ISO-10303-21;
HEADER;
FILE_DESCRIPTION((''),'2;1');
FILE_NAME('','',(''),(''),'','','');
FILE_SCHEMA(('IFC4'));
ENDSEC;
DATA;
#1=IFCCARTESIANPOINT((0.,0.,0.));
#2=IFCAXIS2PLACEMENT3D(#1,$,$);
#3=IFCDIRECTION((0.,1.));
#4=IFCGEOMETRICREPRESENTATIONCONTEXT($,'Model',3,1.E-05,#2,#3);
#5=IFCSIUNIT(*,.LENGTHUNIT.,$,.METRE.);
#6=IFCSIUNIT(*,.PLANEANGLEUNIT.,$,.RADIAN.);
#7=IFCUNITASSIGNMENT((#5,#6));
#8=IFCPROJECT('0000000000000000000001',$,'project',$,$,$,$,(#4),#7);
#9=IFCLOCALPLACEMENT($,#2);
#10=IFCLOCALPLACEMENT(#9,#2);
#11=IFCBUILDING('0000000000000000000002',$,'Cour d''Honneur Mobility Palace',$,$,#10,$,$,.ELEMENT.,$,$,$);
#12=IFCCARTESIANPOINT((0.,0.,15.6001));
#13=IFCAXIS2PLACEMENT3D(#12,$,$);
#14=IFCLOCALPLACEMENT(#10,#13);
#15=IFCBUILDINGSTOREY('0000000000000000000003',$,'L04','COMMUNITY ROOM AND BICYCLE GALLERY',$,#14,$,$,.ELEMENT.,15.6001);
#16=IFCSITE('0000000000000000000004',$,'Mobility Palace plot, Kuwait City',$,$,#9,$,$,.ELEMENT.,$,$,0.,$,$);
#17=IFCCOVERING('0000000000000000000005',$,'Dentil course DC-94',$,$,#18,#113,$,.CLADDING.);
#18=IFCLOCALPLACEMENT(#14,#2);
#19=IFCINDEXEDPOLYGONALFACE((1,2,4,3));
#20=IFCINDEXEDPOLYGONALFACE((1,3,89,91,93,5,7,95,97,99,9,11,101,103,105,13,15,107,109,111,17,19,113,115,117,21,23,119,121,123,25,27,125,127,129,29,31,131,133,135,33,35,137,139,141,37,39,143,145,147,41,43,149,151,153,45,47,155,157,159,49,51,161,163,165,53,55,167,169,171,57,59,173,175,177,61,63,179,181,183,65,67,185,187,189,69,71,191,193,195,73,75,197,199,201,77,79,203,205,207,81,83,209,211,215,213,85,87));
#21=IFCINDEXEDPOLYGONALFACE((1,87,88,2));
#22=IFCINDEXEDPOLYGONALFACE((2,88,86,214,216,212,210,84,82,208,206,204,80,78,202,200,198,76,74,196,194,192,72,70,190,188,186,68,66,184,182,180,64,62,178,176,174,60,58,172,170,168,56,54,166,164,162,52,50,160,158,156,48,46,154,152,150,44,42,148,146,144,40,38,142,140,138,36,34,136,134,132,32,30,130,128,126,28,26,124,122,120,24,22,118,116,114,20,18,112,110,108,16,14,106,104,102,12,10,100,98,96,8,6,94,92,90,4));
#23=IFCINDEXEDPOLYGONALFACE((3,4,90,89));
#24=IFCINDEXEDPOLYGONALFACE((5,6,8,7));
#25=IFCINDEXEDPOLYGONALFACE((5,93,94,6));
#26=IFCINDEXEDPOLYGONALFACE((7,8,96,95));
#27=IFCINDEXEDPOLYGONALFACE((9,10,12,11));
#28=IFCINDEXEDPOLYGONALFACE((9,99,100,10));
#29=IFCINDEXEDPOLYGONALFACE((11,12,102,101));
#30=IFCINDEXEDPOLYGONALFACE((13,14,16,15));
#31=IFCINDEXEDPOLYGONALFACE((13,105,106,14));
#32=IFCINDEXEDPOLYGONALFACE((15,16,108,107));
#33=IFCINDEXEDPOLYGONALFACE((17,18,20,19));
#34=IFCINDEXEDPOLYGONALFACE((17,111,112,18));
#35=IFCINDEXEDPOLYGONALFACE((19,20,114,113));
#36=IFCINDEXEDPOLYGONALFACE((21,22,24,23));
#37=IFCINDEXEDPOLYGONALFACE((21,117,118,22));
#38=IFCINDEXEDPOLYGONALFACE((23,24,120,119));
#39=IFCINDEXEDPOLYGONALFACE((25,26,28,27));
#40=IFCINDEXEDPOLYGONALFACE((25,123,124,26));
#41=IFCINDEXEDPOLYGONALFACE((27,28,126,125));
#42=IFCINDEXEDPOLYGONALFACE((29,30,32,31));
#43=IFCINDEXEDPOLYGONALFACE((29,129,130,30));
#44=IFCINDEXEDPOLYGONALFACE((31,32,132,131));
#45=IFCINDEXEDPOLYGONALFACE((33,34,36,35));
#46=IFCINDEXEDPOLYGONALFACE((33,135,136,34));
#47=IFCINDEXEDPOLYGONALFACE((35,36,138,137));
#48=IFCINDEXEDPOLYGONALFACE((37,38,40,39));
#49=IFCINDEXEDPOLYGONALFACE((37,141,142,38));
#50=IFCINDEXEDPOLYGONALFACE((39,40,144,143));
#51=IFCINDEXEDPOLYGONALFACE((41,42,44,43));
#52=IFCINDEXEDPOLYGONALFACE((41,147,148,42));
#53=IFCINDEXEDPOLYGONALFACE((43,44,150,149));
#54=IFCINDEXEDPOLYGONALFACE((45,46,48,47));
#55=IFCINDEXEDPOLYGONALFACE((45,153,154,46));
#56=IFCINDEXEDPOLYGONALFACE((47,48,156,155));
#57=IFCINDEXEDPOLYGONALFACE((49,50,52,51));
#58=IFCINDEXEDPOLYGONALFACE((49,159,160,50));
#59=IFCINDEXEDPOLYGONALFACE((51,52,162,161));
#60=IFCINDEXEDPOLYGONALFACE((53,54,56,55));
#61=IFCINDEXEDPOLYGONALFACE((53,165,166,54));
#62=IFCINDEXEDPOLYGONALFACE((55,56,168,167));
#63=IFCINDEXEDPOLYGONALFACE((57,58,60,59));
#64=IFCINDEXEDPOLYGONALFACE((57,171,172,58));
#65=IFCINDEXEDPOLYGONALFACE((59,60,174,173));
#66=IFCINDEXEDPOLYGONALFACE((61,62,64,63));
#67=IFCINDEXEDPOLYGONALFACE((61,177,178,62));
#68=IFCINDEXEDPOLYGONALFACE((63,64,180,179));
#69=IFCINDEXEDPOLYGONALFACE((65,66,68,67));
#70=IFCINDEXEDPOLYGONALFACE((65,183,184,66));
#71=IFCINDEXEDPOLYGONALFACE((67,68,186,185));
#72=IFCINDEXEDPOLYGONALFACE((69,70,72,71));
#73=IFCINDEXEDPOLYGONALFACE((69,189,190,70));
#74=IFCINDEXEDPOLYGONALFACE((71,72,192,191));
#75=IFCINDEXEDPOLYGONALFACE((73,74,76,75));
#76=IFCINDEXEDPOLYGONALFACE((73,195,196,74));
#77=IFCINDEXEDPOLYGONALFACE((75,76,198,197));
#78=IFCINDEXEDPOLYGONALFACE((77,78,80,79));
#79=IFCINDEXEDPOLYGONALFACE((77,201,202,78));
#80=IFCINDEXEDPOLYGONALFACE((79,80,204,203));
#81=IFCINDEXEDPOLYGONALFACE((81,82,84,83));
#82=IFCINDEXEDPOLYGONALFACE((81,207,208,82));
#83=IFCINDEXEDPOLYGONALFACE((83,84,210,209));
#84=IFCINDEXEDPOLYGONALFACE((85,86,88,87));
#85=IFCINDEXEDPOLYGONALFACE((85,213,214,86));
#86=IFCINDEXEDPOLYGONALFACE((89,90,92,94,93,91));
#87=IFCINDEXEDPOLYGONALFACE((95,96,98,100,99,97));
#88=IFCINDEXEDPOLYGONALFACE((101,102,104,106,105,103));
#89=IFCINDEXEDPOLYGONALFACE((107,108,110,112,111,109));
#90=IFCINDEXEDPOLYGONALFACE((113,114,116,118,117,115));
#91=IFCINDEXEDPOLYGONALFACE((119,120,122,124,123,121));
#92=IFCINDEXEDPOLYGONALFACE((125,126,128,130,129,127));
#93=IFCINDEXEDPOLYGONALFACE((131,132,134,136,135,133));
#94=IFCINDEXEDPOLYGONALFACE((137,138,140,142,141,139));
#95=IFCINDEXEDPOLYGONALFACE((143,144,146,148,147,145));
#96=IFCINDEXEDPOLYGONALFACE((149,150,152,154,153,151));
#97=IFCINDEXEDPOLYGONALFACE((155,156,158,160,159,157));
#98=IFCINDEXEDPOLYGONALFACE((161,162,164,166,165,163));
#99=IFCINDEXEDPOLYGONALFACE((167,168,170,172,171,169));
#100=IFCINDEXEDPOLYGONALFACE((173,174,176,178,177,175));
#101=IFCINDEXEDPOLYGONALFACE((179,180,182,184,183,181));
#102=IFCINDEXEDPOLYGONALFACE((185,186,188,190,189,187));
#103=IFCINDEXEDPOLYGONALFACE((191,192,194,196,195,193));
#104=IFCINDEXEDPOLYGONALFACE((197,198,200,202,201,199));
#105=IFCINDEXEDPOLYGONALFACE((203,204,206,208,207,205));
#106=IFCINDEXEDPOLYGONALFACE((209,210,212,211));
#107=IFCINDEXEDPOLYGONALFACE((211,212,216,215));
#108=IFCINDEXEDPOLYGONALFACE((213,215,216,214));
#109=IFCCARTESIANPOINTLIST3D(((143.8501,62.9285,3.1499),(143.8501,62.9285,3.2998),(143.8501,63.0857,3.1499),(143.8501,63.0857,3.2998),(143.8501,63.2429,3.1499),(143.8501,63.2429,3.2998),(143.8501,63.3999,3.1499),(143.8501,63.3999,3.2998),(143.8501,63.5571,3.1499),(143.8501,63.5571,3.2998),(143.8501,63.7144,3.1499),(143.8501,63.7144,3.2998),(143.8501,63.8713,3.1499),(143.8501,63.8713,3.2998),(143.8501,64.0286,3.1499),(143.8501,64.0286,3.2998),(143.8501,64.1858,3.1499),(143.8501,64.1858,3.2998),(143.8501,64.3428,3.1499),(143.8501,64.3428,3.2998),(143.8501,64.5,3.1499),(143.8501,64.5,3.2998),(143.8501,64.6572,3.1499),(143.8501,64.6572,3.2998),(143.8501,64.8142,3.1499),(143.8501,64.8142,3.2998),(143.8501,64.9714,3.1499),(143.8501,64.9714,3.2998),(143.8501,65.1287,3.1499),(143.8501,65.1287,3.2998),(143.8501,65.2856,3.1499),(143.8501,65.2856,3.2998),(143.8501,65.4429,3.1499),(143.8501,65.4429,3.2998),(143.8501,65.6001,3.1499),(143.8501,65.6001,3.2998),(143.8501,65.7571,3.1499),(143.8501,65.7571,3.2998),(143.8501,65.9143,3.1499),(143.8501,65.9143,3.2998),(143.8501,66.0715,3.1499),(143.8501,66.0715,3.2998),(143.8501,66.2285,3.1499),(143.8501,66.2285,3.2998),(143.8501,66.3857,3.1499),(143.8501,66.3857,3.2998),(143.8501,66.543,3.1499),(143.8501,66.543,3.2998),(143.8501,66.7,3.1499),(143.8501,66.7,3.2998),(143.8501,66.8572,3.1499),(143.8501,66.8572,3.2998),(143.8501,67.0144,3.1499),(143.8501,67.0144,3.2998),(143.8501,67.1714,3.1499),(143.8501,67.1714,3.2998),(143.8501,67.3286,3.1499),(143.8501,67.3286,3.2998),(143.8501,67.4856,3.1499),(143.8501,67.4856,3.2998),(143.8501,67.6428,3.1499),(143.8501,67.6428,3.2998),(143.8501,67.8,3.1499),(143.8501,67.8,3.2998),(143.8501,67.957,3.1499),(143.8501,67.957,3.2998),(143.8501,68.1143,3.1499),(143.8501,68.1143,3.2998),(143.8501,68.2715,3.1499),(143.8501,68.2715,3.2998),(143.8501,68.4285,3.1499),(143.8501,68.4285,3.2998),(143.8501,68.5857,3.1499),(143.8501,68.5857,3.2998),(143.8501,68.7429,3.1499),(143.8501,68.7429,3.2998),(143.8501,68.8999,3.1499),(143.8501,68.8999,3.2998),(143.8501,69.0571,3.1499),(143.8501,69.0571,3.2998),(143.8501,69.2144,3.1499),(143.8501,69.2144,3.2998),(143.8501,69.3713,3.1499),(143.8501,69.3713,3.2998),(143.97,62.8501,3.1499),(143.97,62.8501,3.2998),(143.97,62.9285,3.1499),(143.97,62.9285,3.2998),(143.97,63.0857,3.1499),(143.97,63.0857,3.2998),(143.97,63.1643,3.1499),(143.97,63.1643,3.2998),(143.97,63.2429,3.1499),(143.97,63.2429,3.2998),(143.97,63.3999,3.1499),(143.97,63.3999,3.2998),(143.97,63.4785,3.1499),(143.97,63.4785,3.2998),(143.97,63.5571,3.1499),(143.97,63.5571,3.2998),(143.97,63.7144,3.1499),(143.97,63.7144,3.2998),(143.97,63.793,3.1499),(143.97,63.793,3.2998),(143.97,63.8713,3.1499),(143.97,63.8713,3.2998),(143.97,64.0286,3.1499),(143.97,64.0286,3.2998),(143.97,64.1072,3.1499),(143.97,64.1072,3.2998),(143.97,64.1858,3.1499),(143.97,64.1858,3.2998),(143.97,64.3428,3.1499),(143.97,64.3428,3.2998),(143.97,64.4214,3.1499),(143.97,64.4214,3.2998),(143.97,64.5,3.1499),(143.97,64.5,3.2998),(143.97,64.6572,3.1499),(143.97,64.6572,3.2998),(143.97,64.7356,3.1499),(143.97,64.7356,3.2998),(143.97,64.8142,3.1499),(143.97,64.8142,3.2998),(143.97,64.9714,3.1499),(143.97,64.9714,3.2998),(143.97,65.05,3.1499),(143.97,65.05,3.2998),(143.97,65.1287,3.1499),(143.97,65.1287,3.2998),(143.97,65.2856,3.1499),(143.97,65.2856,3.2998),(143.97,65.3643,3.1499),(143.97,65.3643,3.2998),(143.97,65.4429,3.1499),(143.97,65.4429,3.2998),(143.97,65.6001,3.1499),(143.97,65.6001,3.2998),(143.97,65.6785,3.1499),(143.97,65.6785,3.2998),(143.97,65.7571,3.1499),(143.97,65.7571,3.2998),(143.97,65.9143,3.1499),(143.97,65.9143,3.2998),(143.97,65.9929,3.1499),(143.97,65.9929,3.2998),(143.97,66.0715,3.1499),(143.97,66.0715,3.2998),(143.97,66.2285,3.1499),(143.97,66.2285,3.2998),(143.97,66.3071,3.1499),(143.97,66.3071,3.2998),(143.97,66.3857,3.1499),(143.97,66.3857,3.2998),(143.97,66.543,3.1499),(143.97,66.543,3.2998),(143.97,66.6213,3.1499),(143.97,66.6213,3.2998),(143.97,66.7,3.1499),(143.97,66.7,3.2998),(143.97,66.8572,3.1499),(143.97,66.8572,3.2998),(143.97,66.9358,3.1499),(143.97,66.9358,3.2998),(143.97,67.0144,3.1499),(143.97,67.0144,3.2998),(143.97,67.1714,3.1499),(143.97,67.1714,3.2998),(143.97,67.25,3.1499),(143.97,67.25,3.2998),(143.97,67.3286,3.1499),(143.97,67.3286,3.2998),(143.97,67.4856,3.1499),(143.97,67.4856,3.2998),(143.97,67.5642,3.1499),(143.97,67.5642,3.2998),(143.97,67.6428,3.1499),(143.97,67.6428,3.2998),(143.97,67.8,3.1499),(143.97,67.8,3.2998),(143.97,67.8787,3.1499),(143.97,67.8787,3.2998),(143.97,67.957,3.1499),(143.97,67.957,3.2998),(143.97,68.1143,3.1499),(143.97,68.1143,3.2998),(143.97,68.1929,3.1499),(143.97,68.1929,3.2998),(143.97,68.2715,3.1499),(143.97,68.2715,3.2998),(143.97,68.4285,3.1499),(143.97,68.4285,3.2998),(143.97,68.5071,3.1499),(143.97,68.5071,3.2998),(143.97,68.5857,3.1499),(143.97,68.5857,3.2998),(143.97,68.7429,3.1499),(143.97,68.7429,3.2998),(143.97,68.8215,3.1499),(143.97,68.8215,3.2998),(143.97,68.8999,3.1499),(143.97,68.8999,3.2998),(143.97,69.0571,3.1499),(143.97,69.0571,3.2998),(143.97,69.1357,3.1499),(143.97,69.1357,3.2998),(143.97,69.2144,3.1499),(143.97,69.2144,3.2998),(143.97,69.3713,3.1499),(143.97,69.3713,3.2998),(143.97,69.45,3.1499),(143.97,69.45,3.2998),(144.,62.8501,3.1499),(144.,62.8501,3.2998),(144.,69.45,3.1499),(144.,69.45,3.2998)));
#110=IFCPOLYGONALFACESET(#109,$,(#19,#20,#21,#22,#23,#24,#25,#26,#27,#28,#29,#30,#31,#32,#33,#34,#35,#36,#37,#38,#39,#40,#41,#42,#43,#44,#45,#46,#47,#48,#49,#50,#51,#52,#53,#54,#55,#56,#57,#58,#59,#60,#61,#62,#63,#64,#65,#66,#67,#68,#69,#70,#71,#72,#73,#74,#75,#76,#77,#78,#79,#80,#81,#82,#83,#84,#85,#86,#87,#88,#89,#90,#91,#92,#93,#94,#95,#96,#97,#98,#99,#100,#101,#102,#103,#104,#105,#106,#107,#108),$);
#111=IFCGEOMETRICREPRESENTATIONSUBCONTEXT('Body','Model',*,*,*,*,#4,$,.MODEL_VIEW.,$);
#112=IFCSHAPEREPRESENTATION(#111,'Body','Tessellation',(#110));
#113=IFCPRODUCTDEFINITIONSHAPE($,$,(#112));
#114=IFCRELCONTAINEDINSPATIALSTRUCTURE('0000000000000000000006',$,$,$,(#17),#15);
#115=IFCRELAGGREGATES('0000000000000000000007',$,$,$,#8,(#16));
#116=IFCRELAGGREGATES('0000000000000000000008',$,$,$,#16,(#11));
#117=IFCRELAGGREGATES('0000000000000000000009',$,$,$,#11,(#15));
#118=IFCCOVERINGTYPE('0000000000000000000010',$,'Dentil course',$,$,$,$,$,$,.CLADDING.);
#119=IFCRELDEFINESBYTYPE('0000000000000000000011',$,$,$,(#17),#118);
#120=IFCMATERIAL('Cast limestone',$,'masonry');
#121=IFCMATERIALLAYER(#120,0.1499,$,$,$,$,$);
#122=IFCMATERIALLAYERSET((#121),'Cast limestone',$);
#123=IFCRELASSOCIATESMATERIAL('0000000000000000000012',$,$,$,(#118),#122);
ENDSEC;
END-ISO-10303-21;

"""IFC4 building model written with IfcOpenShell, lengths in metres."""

from ifc_helpers import new_model, si_unit, direction, frame, origin, place, context, subcontext, project, spatial, polyline, outline, extrude, material, layer, layer_set, type_object, element, save


model = new_model("IFC4")

# Units and contexts
model_context = context("Model", 3, precision=1e-05, world=origin(), true_north=direction((0.0, 1.0)))
body_context = subcontext(model_context, "Body", "Model", "MODEL_VIEW")
ifc_project = project(units=[si_unit("LENGTHUNIT", "METRE"), si_unit("PLANEANGLEUNIT", "RADIAN")], contexts=[model_context])

# Site, building, storey
site_placement = place(None, origin())
site = spatial("IfcSite", under=ifc_project, at=site_placement, Name="Mobility Palace plot, Kuwait City", CompositionType="ELEMENT", RefElevation=0.0)
building_placement = place(site_placement, origin())
building = spatial("IfcBuilding", under=site, at=building_placement, Name="Cour d'Honneur Mobility Palace", CompositionType="ELEMENT")
storey_placement = place(building_placement, frame((0.0, 0.0, 15.6001)))
storey = spatial("IfcBuildingStorey", under=building, at=storey_placement, Name="L04", Description="COMMUNITY ROOM AND BICYCLE GALLERY", CompositionType="ELEMENT", Elevation=15.6001)

# Covering
ifc_material = material(Name="Cast limestone", Category="masonry")
ifc_layer = layer(ifc_material, 0.1499)
ifc_layer_set = layer_set([ifc_layer], Name="Cast limestone")
covering_type = type_object("IfcCoveringType", Name="Dentil course", PredefinedType="CLADDING", material=ifc_layer_set)
covering_1_placement = place(storey_placement, frame((0.0, 0.0, 3.1499)))
element("IfcCovering", 1, at=covering_1_placement, inside=storey, type_object=covering_type, Name="Dentil course DC-94", PredefinedType="CLADDING", context=body_context, shape_type="SweptSolid", body=[
    extrude(outline(polyline([(144.0, 69.45), (144.0, 62.8501), (143.97, 62.8501), (143.97, 62.8501), (143.97, 62.9285), (143.8501, 62.9285), (143.8501, 63.0857), (143.97, 63.0857), (143.97, 63.1643), (143.97, 63.1643), (143.97, 63.2429), (143.8501, 63.2429), (143.8501, 63.3999), (143.97, 63.3999), (143.97, 63.4785), (143.97, 63.4785), (143.97, 63.5571), (143.8501, 63.5571), (143.8501, 63.7144), (143.97, 63.7144), (143.97, 63.793), (143.97, 63.793), (143.97, 63.8713), (143.8501, 63.8713), (143.8501, 64.0286), (143.97, 64.0286), (143.97, 64.1072), (143.97, 64.1072), (143.97, 64.1858), (143.8501, 64.1858), (143.8501, 64.3428), (143.97, 64.3428), (143.97, 64.4214), (143.97, 64.4214), (143.97, 64.5), (143.8501, 64.5), (143.8501, 64.6572), (143.97, 64.6572), (143.97, 64.7356), (143.97, 64.7356), (143.97, 64.8142), (143.8501, 64.8142), (143.8501, 64.9714), (143.97, 64.9714), (143.97, 65.05), (143.97, 65.05), (143.97, 65.1287), (143.8501, 65.1287), (143.8501, 65.2856), (143.97, 65.2856), (143.97, 65.3643), (143.97, 65.3643), (143.97, 65.4429), (143.8501, 65.4429), (143.8501, 65.6001), (143.97, 65.6001), (143.97, 65.6785), (143.97, 65.6785), (143.97, 65.7571), (143.8501, 65.7571), (143.8501, 65.9143), (143.97, 65.9143), (143.97, 65.9929), (143.97, 65.9929), (143.97, 66.0715), (143.8501, 66.0715), (143.8501, 66.2285), (143.97, 66.2285), (143.97, 66.3071), (143.97, 66.3071), (143.97, 66.3857), (143.8501, 66.3857), (143.8501, 66.543), (143.97, 66.543), (143.97, 66.6213), (143.97, 66.6213), (143.97, 66.7), (143.8501, 66.7), (143.8501, 66.8572), (143.97, 66.8572), (143.97, 66.9358), (143.97, 66.9358), (143.97, 67.0144), (143.8501, 67.0144), (143.8501, 67.1714), (143.97, 67.1714), (143.97, 67.25), (143.97, 67.25), (143.97, 67.3286), (143.8501, 67.3286), (143.8501, 67.4856), (143.97, 67.4856), (143.97, 67.5642), (143.97, 67.5642), (143.97, 67.6428), (143.8501, 67.6428), (143.8501, 67.8), (143.97, 67.8), (143.97, 67.8787), (143.97, 67.8787), (143.97, 67.957), (143.8501, 67.957), (143.8501, 68.1143), (143.97, 68.1143), (143.97, 68.1929), (143.97, 68.1929), (143.97, 68.2715), (143.8501, 68.2715), (143.8501, 68.4285), (143.97, 68.4285), (143.97, 68.5071), (143.97, 68.5071), (143.97, 68.5857), (143.8501, 68.5857), (143.8501, 68.7429), (143.97, 68.7429), (143.97, 68.8215), (143.97, 68.8215), (143.97, 68.8999), (143.8501, 68.8999), (143.8501, 69.0571), (143.97, 69.0571), (143.97, 69.1357), (143.97, 69.1357), (143.97, 69.2144), (143.8501, 69.2144), (143.8501, 69.3713), (143.97, 69.3713), (143.97, 69.45), (144.0, 69.45)])), origin(), (0.0, 0.0, 1.0), 0.1499),
])

save(model, "model.ifc")
